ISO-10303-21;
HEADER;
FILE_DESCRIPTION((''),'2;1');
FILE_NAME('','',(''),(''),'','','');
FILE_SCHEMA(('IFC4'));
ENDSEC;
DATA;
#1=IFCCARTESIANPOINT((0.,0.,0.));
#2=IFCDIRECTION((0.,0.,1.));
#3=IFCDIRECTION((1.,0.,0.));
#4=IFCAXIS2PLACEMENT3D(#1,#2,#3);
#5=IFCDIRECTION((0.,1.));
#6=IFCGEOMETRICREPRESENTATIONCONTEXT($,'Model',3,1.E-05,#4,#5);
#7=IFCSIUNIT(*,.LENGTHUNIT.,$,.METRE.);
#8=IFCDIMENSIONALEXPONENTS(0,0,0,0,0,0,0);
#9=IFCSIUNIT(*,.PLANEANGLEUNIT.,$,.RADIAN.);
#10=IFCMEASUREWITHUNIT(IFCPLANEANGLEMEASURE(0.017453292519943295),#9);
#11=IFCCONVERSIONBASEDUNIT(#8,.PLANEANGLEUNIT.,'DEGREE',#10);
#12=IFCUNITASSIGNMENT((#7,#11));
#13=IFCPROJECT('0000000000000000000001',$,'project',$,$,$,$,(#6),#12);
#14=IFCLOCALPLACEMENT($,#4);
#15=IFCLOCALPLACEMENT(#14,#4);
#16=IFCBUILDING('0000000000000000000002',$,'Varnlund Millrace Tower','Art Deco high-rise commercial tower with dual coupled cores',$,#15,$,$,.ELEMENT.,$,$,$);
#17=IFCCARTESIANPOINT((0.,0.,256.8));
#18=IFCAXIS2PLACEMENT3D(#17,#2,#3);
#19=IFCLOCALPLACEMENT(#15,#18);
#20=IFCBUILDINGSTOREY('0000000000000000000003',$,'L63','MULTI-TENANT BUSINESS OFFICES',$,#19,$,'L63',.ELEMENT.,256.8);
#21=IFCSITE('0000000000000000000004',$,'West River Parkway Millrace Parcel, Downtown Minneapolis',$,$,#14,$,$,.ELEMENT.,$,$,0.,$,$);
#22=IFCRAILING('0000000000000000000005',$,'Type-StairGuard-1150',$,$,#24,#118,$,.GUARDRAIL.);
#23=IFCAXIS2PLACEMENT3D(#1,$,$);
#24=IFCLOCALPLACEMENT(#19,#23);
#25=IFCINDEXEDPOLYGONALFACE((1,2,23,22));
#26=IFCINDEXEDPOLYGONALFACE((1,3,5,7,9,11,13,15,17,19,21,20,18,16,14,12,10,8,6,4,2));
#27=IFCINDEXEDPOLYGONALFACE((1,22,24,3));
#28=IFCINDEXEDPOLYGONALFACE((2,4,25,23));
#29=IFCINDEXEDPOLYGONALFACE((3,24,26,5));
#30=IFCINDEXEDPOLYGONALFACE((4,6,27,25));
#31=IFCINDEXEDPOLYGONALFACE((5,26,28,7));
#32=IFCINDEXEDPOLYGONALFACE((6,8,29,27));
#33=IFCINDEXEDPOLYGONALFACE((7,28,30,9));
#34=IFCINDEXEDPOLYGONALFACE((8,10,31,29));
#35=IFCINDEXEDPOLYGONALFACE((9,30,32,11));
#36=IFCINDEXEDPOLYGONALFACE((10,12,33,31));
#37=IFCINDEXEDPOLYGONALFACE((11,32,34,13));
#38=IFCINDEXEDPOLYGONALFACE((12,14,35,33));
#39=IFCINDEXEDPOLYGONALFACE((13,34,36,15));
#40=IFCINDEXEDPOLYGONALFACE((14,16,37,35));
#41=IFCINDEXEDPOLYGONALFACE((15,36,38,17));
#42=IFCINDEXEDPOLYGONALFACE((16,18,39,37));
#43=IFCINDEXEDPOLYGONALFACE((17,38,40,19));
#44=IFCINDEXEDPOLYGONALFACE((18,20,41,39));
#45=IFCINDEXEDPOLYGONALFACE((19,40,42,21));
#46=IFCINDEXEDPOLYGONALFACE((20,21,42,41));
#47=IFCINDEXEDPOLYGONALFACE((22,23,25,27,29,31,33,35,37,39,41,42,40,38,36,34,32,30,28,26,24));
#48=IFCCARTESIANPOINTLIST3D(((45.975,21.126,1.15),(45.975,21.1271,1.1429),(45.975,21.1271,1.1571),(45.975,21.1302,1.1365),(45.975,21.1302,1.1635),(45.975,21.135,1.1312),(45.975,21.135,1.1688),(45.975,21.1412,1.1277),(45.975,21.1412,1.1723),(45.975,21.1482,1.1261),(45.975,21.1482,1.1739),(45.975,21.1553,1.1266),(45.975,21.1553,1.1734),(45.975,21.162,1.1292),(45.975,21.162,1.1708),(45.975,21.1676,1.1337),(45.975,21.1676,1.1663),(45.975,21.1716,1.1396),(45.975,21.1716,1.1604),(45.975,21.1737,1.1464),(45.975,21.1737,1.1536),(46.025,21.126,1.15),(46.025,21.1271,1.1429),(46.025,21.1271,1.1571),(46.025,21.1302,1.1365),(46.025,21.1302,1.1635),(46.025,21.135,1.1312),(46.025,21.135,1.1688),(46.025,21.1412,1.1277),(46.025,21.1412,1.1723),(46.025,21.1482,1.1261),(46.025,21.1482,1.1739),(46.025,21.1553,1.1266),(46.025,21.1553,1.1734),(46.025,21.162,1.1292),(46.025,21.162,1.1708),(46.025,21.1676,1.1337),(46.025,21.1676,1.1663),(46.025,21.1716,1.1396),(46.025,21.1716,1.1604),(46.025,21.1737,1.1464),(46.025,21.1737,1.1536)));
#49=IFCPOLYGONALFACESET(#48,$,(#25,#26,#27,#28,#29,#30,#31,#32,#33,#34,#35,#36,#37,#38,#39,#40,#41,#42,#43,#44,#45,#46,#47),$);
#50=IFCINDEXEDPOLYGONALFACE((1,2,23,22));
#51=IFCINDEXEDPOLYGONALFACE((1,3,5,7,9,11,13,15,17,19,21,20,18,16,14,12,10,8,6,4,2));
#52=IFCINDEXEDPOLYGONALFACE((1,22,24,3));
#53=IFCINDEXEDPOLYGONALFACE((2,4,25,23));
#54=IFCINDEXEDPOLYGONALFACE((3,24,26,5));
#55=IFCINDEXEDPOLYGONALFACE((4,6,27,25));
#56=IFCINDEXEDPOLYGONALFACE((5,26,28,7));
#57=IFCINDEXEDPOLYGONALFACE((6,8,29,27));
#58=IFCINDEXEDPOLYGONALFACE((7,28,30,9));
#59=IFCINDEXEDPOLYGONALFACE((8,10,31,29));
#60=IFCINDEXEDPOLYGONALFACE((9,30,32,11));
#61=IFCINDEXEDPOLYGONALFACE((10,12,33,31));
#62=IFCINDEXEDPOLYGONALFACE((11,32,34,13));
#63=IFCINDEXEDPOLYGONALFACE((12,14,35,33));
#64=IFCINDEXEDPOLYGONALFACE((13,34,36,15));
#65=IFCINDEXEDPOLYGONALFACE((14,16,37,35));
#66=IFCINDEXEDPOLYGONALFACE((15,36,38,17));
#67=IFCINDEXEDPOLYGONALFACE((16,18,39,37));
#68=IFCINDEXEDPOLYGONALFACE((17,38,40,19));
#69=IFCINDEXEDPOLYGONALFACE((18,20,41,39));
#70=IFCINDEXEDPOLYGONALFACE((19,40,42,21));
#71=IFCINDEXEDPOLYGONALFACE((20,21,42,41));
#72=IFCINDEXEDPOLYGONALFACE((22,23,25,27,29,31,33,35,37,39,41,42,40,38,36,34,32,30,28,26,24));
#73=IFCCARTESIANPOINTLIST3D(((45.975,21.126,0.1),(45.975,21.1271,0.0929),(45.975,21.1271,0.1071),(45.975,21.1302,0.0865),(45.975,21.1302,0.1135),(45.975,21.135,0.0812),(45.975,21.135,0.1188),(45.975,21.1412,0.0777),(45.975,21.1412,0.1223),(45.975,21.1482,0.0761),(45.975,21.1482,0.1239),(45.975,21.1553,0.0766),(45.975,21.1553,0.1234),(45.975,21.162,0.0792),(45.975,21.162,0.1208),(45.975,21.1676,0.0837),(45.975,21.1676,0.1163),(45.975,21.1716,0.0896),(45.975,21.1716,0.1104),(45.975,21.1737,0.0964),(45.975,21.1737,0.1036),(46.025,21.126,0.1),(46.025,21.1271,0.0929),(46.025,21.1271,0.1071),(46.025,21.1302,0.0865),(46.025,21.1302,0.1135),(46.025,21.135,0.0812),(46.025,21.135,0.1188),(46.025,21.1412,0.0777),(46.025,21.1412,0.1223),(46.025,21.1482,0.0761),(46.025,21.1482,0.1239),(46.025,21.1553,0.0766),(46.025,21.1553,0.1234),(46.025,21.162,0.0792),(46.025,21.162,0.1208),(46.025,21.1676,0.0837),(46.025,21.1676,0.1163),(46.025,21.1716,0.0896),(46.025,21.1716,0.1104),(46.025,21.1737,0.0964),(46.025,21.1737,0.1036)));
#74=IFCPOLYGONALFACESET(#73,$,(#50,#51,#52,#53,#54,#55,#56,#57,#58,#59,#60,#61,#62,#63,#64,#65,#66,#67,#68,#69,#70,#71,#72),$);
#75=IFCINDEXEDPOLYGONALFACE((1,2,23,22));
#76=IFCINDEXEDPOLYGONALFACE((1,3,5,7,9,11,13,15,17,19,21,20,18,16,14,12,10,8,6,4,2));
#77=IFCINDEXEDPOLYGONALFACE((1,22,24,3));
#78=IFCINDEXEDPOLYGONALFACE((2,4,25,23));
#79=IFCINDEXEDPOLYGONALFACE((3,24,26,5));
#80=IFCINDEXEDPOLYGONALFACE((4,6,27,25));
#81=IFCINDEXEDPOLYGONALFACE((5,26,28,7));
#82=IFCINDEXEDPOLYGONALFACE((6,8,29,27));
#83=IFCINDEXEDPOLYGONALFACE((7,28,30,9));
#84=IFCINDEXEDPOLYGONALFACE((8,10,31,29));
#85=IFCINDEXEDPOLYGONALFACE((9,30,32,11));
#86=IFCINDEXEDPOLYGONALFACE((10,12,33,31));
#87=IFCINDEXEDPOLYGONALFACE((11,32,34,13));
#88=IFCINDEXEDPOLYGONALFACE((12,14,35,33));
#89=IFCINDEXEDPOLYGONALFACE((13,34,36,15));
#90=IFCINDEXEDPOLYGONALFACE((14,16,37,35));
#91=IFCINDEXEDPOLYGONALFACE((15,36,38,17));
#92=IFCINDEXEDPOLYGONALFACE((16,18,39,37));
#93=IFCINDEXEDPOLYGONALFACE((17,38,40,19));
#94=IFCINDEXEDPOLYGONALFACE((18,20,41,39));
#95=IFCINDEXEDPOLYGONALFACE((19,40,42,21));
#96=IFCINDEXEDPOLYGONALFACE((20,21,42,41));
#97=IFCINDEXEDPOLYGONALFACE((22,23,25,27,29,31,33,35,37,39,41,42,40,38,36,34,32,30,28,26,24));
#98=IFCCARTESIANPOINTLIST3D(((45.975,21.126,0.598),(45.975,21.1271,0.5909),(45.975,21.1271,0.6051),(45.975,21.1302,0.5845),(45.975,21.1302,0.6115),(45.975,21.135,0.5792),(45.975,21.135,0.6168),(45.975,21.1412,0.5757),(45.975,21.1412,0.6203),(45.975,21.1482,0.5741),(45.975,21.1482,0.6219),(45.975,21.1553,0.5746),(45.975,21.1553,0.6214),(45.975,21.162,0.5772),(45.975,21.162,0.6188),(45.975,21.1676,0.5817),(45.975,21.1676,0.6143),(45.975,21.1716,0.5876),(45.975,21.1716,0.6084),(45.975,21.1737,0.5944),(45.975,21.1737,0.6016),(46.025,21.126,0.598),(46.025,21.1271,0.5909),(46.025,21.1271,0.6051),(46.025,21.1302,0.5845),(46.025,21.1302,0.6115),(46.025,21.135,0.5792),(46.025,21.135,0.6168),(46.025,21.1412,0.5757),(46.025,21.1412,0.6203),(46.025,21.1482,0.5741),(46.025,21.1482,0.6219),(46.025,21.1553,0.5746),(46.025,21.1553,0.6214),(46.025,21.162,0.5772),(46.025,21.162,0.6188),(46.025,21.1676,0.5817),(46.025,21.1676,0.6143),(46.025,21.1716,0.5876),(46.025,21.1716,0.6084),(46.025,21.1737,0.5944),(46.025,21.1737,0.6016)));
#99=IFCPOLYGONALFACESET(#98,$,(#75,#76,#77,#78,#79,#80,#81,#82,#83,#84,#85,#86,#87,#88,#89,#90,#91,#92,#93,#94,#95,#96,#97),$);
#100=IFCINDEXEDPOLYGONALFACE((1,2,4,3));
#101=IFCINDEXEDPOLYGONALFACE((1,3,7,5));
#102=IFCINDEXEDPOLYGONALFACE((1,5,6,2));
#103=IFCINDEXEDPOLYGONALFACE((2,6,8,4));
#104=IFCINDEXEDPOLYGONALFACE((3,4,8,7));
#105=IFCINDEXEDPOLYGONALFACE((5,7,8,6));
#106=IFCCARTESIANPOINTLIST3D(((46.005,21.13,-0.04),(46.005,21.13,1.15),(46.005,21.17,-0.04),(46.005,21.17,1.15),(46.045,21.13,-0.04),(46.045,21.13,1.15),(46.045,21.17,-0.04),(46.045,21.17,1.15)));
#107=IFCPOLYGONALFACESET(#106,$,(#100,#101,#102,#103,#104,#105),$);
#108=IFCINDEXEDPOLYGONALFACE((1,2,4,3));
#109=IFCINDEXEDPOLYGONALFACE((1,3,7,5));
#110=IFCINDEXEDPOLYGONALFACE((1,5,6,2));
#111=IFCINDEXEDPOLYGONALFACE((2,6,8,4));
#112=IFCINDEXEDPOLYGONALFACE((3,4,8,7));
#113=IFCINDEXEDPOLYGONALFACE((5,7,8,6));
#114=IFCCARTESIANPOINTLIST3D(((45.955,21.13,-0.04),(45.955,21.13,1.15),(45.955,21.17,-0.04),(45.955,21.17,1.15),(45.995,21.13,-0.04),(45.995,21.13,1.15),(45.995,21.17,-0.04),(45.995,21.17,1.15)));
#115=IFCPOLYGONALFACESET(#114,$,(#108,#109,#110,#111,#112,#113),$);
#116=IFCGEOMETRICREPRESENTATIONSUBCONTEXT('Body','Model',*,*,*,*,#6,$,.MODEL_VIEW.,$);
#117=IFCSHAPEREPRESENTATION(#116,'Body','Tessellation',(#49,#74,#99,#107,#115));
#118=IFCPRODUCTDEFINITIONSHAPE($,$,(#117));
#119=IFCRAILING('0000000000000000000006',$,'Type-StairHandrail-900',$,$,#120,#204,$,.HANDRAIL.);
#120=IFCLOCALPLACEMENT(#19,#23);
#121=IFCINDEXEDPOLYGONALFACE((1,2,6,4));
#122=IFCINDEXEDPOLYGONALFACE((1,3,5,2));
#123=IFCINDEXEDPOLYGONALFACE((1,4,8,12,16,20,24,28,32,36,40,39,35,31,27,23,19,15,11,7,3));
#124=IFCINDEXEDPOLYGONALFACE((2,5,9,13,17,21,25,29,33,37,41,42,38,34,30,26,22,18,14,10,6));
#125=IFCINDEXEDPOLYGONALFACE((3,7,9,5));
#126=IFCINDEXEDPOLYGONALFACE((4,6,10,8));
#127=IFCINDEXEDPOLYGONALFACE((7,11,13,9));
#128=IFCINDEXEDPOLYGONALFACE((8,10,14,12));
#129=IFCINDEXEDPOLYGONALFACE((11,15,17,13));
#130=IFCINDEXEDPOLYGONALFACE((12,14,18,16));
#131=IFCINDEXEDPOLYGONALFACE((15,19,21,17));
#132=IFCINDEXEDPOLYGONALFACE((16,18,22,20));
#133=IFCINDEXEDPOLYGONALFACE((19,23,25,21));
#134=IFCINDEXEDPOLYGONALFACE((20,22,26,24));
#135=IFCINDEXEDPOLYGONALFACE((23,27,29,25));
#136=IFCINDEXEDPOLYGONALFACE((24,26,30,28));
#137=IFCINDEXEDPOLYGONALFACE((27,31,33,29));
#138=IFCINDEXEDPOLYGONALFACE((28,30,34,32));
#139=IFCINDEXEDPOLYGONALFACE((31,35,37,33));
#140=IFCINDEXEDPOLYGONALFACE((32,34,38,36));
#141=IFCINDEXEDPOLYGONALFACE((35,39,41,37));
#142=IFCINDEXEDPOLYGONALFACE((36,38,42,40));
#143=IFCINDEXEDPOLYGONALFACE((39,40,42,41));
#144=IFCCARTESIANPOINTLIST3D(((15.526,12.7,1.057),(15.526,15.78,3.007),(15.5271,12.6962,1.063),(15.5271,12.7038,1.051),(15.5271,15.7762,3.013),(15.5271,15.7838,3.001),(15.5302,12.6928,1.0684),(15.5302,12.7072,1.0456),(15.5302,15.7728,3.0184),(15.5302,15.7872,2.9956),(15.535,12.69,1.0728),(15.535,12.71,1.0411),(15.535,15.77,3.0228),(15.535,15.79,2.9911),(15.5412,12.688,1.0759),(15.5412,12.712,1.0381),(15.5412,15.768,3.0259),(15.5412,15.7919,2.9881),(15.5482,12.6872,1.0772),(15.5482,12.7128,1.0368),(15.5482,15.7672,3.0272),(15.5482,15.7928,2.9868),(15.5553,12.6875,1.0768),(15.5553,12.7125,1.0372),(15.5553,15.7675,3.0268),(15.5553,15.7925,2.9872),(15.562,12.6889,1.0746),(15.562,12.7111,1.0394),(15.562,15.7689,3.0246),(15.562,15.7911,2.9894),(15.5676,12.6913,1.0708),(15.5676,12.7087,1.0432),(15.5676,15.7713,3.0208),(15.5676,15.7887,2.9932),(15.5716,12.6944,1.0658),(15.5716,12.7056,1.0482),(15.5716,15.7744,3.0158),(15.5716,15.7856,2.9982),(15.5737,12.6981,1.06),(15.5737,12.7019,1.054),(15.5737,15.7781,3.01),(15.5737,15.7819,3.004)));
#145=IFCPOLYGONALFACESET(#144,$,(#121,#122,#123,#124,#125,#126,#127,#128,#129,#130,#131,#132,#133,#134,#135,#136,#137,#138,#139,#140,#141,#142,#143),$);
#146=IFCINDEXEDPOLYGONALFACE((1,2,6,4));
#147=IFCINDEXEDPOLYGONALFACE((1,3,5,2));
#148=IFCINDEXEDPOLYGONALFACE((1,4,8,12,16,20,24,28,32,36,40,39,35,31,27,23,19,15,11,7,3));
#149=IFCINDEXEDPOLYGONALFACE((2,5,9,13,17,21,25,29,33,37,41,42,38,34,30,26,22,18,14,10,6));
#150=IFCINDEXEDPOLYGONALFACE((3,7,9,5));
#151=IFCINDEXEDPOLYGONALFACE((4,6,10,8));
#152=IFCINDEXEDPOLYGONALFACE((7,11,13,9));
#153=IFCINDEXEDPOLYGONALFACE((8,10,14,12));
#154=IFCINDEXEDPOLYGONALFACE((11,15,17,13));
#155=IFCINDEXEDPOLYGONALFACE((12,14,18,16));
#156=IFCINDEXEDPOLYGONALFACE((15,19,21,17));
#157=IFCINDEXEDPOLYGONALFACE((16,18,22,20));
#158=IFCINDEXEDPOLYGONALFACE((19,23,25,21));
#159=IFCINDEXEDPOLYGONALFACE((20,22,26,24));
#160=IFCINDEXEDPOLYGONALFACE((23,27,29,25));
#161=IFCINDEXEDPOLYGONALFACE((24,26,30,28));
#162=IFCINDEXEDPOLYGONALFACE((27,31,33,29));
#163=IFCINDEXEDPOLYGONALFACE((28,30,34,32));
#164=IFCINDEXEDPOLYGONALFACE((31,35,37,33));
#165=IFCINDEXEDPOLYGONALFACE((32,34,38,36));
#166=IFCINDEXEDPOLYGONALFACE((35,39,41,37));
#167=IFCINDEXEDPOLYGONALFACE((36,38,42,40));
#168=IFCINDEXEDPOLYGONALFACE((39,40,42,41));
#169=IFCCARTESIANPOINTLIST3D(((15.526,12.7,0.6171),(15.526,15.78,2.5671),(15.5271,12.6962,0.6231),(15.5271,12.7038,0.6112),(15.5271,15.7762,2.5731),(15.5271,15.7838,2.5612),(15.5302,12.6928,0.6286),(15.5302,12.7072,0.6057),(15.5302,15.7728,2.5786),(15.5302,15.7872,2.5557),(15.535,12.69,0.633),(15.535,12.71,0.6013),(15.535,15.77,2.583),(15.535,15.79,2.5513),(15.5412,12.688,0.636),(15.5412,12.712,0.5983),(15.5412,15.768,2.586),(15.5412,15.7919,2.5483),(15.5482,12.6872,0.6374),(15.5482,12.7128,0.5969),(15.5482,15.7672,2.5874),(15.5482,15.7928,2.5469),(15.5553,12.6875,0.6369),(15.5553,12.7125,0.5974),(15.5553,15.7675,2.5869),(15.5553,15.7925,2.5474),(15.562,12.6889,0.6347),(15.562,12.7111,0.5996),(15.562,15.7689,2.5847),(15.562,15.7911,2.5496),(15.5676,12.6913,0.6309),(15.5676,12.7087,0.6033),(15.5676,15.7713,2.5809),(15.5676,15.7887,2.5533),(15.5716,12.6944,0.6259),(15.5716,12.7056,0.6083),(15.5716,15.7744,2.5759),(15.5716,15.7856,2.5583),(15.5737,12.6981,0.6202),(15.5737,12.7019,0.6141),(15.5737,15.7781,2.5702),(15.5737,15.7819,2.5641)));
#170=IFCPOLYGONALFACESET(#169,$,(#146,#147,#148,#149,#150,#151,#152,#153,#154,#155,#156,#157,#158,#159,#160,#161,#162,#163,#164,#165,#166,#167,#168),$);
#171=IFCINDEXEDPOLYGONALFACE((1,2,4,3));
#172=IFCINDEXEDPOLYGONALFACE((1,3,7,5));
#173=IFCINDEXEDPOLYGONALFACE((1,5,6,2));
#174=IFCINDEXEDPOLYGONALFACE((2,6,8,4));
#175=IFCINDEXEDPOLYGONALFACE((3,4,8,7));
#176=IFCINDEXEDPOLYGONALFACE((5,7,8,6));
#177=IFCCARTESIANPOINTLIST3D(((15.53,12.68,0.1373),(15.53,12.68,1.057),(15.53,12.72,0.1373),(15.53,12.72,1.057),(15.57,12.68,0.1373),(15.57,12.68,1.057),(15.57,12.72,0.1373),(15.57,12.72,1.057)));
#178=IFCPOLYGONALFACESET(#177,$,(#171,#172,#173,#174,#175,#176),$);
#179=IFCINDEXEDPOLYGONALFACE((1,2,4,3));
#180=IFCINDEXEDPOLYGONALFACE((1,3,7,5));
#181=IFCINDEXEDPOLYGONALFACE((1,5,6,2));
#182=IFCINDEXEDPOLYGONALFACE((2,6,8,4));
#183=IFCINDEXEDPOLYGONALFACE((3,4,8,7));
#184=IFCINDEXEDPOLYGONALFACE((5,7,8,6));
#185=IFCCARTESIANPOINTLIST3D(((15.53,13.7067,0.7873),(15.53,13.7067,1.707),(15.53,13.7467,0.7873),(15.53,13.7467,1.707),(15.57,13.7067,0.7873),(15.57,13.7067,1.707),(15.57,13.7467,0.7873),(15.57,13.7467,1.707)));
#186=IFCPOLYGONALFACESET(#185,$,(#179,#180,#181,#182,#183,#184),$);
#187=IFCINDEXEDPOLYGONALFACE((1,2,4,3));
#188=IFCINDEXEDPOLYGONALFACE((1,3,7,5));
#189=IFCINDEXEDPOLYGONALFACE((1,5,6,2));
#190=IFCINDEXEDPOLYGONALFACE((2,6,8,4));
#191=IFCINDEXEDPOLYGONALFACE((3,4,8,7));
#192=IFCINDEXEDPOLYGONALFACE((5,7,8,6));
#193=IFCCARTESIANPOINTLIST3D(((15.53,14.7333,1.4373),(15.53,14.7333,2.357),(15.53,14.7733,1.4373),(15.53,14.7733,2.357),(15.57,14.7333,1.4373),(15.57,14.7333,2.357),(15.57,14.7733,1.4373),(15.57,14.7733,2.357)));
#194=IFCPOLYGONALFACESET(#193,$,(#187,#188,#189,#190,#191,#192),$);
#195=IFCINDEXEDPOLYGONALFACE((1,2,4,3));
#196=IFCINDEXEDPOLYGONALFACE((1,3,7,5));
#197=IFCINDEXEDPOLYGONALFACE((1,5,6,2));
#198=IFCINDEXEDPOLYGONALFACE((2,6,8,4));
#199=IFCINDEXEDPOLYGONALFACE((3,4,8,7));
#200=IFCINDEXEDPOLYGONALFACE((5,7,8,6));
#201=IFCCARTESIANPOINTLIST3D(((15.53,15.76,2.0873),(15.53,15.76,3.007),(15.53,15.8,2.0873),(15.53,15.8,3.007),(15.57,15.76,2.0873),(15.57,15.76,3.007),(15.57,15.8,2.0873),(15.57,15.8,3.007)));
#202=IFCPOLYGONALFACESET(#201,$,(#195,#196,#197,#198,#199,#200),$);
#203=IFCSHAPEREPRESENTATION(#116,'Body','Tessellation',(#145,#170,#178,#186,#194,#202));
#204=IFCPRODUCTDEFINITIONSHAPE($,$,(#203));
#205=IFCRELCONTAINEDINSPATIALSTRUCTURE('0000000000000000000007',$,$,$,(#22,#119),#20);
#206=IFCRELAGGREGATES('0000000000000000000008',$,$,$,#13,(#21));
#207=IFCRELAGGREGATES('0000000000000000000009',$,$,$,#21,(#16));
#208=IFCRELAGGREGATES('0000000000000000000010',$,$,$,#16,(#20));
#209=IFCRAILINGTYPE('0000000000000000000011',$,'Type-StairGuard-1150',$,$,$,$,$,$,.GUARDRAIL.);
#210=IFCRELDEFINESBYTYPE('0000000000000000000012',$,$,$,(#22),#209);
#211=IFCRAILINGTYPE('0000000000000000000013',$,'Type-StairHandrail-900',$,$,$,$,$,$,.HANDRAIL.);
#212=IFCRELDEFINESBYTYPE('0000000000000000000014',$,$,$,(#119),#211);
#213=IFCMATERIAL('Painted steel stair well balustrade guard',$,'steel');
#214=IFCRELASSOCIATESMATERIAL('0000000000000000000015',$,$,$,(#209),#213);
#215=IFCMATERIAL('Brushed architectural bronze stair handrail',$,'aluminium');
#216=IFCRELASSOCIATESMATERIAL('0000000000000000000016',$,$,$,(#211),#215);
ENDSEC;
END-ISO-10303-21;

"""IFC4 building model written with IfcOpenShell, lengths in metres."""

from ifc_helpers import new_model, entity, si_unit, converted_unit, direction, frame, origin_with_axes, origin_2d_with_axis, place, context, subcontext, project, spatial, rectangle, circle, extrude, material, type_object, element, save


model = new_model("IFC4")

# Units and contexts
model_context = context("Model", 3, precision=1e-05, world=origin_with_axes(), true_north=direction((0.0, 1.0)))
body_context = subcontext(model_context, "Body", "Model", "MODEL_VIEW")
ifc_project = project(units=[si_unit("LENGTHUNIT", "METRE"), converted_unit("PLANEANGLEUNIT", "DEGREE", entity("IfcPlaneAngleMeasure", 0.017453292519943295), si_unit("PLANEANGLEUNIT", "RADIAN"), dimensions=[0, 0, 0, 0, 0, 0, 0])], contexts=[model_context])

# Site, building, storey
site_placement = place(None, origin_with_axes())
site = spatial("IfcSite", under=ifc_project, at=site_placement, Name="West River Parkway Millrace Parcel, Downtown Minneapolis", CompositionType="ELEMENT", RefElevation=0.0)
building_placement = place(site_placement, origin_with_axes())
building = spatial("IfcBuilding", under=site, at=building_placement, Name="Varnlund Millrace Tower", Description="Art Deco high-rise commercial tower with dual coupled cores", CompositionType="ELEMENT")
storey_placement = place(building_placement, frame((0.0, 0.0, 256.8), z_axis=(0.0, 0.0, 1.0), x_axis=(1.0, 0.0, 0.0)))
storey = spatial("IfcBuildingStorey", under=building, at=storey_placement, Name="L63", Description="MULTI-TENANT BUSINESS OFFICES", LongName="L63", CompositionType="ELEMENT", Elevation=256.8)

# Railings
ifc_material_1 = material(Name="Painted steel stair well balustrade guard", Category="steel")
railing_type_1 = type_object("IfcRailingType", Name="Type-StairGuard-1150", PredefinedType="GUARDRAIL", material=ifc_material_1)
railing_1_placement = place(storey_placement, frame((0.0, 0.0, -256.8), z_axis=(0.0, 0.0, 1.0), x_axis=(1.0, 0.0, 0.0)))
element("IfcRailing", 1, at=railing_1_placement, inside=storey, type_object=railing_type_1, Name="Type-StairGuard-1150", PredefinedType="GUARDRAIL", context=body_context, shape_type="SweptSolid", body=[
    extrude(circle(Radius=0.024, at=origin_2d_with_axis()), frame((46.025, 21.15, 257.95), z_axis=(-1.0, 0.0, 0.0), x_axis=(0.0, -1.0, 0.0)), (0.0, 0.0, 1.0), 0.05),
    extrude(circle(Radius=0.024, at=origin_2d_with_axis()), frame((46.025, 21.15, 256.9), z_axis=(-1.0, 0.0, 0.0), x_axis=(0.0, -1.0, 0.0)), (0.0, 0.0, 1.0), 0.05),
    extrude(circle(Radius=0.024, at=origin_2d_with_axis()), frame((46.025, 21.15, 257.398), z_axis=(-1.0, 0.0, 0.0), x_axis=(0.0, -1.0, 0.0)), (0.0, 0.0, 1.0), 0.05),
    extrude(rectangle(XDim=0.04, YDim=0.04, at=origin_2d_with_axis()), frame((46.025, 21.15, 256.76), z_axis=(0.0, 0.0, 1.0), x_axis=(1.0, 0.0, 0.0)), (0.0, 0.0, 1.0), 1.19),
    extrude(rectangle(XDim=0.04, YDim=0.04, at=origin_2d_with_axis()), frame((45.975, 21.15, 256.76), z_axis=(0.0, 0.0, 1.0), x_axis=(1.0, 0.0, 0.0)), (0.0, 0.0, 1.0), 1.19),
])
ifc_material_2 = material(Name="Brushed architectural bronze stair handrail", Category="aluminium")
railing_type_2 = type_object("IfcRailingType", Name="Type-StairHandrail-900", PredefinedType="HANDRAIL", material=ifc_material_2)
railing_2_placement = place(storey_placement, frame((0.0, 0.0, -256.8), z_axis=(0.0, 0.0, 1.0), x_axis=(1.0, 0.0, 0.0)))
element("IfcRailing", 2, at=railing_2_placement, inside=storey, type_object=railing_type_2, Name="Type-StairHandrail-900", PredefinedType="HANDRAIL", context=body_context, shape_type="SweptSolid", body=[
    extrude(circle(Radius=0.024, at=origin_2d_with_axis()), frame((15.55, 12.7, 257.857), z_axis=(0.0, 0.844902, 0.534922), x_axis=(-1.0, 0.0, 0.0)), (0.0, 0.0, 1.0), 3.6454),
    extrude(circle(Radius=0.024, at=origin_2d_with_axis()), frame((15.55, 12.7, 257.4171), z_axis=(0.0, 0.844902, 0.534922), x_axis=(-1.0, 0.0, 0.0)), (0.0, 0.0, 1.0), 3.6454),
    extrude(rectangle(XDim=0.04, YDim=0.04, at=origin_2d_with_axis()), frame((15.55, 12.7, 256.9373), z_axis=(0.0, 0.0, 1.0), x_axis=(1.0, 0.0, 0.0)), (0.0, 0.0, 1.0), 0.9197),
    extrude(rectangle(XDim=0.04, YDim=0.04, at=origin_2d_with_axis()), frame((15.55, 13.7267, 257.5873), z_axis=(0.0, 0.0, 1.0), x_axis=(1.0, 0.0, 0.0)), (0.0, 0.0, 1.0), 0.9197),
    extrude(rectangle(XDim=0.04, YDim=0.04, at=origin_2d_with_axis()), frame((15.55, 14.7533, 258.2373), z_axis=(0.0, 0.0, 1.0), x_axis=(1.0, 0.0, 0.0)), (0.0, 0.0, 1.0), 0.9197),
    extrude(rectangle(XDim=0.04, YDim=0.04, at=origin_2d_with_axis()), frame((15.55, 15.78, 258.8873), z_axis=(0.0, 0.0, 1.0), x_axis=(1.0, 0.0, 0.0)), (0.0, 0.0, 1.0), 0.9197),
])

save(model, "model.ifc")
